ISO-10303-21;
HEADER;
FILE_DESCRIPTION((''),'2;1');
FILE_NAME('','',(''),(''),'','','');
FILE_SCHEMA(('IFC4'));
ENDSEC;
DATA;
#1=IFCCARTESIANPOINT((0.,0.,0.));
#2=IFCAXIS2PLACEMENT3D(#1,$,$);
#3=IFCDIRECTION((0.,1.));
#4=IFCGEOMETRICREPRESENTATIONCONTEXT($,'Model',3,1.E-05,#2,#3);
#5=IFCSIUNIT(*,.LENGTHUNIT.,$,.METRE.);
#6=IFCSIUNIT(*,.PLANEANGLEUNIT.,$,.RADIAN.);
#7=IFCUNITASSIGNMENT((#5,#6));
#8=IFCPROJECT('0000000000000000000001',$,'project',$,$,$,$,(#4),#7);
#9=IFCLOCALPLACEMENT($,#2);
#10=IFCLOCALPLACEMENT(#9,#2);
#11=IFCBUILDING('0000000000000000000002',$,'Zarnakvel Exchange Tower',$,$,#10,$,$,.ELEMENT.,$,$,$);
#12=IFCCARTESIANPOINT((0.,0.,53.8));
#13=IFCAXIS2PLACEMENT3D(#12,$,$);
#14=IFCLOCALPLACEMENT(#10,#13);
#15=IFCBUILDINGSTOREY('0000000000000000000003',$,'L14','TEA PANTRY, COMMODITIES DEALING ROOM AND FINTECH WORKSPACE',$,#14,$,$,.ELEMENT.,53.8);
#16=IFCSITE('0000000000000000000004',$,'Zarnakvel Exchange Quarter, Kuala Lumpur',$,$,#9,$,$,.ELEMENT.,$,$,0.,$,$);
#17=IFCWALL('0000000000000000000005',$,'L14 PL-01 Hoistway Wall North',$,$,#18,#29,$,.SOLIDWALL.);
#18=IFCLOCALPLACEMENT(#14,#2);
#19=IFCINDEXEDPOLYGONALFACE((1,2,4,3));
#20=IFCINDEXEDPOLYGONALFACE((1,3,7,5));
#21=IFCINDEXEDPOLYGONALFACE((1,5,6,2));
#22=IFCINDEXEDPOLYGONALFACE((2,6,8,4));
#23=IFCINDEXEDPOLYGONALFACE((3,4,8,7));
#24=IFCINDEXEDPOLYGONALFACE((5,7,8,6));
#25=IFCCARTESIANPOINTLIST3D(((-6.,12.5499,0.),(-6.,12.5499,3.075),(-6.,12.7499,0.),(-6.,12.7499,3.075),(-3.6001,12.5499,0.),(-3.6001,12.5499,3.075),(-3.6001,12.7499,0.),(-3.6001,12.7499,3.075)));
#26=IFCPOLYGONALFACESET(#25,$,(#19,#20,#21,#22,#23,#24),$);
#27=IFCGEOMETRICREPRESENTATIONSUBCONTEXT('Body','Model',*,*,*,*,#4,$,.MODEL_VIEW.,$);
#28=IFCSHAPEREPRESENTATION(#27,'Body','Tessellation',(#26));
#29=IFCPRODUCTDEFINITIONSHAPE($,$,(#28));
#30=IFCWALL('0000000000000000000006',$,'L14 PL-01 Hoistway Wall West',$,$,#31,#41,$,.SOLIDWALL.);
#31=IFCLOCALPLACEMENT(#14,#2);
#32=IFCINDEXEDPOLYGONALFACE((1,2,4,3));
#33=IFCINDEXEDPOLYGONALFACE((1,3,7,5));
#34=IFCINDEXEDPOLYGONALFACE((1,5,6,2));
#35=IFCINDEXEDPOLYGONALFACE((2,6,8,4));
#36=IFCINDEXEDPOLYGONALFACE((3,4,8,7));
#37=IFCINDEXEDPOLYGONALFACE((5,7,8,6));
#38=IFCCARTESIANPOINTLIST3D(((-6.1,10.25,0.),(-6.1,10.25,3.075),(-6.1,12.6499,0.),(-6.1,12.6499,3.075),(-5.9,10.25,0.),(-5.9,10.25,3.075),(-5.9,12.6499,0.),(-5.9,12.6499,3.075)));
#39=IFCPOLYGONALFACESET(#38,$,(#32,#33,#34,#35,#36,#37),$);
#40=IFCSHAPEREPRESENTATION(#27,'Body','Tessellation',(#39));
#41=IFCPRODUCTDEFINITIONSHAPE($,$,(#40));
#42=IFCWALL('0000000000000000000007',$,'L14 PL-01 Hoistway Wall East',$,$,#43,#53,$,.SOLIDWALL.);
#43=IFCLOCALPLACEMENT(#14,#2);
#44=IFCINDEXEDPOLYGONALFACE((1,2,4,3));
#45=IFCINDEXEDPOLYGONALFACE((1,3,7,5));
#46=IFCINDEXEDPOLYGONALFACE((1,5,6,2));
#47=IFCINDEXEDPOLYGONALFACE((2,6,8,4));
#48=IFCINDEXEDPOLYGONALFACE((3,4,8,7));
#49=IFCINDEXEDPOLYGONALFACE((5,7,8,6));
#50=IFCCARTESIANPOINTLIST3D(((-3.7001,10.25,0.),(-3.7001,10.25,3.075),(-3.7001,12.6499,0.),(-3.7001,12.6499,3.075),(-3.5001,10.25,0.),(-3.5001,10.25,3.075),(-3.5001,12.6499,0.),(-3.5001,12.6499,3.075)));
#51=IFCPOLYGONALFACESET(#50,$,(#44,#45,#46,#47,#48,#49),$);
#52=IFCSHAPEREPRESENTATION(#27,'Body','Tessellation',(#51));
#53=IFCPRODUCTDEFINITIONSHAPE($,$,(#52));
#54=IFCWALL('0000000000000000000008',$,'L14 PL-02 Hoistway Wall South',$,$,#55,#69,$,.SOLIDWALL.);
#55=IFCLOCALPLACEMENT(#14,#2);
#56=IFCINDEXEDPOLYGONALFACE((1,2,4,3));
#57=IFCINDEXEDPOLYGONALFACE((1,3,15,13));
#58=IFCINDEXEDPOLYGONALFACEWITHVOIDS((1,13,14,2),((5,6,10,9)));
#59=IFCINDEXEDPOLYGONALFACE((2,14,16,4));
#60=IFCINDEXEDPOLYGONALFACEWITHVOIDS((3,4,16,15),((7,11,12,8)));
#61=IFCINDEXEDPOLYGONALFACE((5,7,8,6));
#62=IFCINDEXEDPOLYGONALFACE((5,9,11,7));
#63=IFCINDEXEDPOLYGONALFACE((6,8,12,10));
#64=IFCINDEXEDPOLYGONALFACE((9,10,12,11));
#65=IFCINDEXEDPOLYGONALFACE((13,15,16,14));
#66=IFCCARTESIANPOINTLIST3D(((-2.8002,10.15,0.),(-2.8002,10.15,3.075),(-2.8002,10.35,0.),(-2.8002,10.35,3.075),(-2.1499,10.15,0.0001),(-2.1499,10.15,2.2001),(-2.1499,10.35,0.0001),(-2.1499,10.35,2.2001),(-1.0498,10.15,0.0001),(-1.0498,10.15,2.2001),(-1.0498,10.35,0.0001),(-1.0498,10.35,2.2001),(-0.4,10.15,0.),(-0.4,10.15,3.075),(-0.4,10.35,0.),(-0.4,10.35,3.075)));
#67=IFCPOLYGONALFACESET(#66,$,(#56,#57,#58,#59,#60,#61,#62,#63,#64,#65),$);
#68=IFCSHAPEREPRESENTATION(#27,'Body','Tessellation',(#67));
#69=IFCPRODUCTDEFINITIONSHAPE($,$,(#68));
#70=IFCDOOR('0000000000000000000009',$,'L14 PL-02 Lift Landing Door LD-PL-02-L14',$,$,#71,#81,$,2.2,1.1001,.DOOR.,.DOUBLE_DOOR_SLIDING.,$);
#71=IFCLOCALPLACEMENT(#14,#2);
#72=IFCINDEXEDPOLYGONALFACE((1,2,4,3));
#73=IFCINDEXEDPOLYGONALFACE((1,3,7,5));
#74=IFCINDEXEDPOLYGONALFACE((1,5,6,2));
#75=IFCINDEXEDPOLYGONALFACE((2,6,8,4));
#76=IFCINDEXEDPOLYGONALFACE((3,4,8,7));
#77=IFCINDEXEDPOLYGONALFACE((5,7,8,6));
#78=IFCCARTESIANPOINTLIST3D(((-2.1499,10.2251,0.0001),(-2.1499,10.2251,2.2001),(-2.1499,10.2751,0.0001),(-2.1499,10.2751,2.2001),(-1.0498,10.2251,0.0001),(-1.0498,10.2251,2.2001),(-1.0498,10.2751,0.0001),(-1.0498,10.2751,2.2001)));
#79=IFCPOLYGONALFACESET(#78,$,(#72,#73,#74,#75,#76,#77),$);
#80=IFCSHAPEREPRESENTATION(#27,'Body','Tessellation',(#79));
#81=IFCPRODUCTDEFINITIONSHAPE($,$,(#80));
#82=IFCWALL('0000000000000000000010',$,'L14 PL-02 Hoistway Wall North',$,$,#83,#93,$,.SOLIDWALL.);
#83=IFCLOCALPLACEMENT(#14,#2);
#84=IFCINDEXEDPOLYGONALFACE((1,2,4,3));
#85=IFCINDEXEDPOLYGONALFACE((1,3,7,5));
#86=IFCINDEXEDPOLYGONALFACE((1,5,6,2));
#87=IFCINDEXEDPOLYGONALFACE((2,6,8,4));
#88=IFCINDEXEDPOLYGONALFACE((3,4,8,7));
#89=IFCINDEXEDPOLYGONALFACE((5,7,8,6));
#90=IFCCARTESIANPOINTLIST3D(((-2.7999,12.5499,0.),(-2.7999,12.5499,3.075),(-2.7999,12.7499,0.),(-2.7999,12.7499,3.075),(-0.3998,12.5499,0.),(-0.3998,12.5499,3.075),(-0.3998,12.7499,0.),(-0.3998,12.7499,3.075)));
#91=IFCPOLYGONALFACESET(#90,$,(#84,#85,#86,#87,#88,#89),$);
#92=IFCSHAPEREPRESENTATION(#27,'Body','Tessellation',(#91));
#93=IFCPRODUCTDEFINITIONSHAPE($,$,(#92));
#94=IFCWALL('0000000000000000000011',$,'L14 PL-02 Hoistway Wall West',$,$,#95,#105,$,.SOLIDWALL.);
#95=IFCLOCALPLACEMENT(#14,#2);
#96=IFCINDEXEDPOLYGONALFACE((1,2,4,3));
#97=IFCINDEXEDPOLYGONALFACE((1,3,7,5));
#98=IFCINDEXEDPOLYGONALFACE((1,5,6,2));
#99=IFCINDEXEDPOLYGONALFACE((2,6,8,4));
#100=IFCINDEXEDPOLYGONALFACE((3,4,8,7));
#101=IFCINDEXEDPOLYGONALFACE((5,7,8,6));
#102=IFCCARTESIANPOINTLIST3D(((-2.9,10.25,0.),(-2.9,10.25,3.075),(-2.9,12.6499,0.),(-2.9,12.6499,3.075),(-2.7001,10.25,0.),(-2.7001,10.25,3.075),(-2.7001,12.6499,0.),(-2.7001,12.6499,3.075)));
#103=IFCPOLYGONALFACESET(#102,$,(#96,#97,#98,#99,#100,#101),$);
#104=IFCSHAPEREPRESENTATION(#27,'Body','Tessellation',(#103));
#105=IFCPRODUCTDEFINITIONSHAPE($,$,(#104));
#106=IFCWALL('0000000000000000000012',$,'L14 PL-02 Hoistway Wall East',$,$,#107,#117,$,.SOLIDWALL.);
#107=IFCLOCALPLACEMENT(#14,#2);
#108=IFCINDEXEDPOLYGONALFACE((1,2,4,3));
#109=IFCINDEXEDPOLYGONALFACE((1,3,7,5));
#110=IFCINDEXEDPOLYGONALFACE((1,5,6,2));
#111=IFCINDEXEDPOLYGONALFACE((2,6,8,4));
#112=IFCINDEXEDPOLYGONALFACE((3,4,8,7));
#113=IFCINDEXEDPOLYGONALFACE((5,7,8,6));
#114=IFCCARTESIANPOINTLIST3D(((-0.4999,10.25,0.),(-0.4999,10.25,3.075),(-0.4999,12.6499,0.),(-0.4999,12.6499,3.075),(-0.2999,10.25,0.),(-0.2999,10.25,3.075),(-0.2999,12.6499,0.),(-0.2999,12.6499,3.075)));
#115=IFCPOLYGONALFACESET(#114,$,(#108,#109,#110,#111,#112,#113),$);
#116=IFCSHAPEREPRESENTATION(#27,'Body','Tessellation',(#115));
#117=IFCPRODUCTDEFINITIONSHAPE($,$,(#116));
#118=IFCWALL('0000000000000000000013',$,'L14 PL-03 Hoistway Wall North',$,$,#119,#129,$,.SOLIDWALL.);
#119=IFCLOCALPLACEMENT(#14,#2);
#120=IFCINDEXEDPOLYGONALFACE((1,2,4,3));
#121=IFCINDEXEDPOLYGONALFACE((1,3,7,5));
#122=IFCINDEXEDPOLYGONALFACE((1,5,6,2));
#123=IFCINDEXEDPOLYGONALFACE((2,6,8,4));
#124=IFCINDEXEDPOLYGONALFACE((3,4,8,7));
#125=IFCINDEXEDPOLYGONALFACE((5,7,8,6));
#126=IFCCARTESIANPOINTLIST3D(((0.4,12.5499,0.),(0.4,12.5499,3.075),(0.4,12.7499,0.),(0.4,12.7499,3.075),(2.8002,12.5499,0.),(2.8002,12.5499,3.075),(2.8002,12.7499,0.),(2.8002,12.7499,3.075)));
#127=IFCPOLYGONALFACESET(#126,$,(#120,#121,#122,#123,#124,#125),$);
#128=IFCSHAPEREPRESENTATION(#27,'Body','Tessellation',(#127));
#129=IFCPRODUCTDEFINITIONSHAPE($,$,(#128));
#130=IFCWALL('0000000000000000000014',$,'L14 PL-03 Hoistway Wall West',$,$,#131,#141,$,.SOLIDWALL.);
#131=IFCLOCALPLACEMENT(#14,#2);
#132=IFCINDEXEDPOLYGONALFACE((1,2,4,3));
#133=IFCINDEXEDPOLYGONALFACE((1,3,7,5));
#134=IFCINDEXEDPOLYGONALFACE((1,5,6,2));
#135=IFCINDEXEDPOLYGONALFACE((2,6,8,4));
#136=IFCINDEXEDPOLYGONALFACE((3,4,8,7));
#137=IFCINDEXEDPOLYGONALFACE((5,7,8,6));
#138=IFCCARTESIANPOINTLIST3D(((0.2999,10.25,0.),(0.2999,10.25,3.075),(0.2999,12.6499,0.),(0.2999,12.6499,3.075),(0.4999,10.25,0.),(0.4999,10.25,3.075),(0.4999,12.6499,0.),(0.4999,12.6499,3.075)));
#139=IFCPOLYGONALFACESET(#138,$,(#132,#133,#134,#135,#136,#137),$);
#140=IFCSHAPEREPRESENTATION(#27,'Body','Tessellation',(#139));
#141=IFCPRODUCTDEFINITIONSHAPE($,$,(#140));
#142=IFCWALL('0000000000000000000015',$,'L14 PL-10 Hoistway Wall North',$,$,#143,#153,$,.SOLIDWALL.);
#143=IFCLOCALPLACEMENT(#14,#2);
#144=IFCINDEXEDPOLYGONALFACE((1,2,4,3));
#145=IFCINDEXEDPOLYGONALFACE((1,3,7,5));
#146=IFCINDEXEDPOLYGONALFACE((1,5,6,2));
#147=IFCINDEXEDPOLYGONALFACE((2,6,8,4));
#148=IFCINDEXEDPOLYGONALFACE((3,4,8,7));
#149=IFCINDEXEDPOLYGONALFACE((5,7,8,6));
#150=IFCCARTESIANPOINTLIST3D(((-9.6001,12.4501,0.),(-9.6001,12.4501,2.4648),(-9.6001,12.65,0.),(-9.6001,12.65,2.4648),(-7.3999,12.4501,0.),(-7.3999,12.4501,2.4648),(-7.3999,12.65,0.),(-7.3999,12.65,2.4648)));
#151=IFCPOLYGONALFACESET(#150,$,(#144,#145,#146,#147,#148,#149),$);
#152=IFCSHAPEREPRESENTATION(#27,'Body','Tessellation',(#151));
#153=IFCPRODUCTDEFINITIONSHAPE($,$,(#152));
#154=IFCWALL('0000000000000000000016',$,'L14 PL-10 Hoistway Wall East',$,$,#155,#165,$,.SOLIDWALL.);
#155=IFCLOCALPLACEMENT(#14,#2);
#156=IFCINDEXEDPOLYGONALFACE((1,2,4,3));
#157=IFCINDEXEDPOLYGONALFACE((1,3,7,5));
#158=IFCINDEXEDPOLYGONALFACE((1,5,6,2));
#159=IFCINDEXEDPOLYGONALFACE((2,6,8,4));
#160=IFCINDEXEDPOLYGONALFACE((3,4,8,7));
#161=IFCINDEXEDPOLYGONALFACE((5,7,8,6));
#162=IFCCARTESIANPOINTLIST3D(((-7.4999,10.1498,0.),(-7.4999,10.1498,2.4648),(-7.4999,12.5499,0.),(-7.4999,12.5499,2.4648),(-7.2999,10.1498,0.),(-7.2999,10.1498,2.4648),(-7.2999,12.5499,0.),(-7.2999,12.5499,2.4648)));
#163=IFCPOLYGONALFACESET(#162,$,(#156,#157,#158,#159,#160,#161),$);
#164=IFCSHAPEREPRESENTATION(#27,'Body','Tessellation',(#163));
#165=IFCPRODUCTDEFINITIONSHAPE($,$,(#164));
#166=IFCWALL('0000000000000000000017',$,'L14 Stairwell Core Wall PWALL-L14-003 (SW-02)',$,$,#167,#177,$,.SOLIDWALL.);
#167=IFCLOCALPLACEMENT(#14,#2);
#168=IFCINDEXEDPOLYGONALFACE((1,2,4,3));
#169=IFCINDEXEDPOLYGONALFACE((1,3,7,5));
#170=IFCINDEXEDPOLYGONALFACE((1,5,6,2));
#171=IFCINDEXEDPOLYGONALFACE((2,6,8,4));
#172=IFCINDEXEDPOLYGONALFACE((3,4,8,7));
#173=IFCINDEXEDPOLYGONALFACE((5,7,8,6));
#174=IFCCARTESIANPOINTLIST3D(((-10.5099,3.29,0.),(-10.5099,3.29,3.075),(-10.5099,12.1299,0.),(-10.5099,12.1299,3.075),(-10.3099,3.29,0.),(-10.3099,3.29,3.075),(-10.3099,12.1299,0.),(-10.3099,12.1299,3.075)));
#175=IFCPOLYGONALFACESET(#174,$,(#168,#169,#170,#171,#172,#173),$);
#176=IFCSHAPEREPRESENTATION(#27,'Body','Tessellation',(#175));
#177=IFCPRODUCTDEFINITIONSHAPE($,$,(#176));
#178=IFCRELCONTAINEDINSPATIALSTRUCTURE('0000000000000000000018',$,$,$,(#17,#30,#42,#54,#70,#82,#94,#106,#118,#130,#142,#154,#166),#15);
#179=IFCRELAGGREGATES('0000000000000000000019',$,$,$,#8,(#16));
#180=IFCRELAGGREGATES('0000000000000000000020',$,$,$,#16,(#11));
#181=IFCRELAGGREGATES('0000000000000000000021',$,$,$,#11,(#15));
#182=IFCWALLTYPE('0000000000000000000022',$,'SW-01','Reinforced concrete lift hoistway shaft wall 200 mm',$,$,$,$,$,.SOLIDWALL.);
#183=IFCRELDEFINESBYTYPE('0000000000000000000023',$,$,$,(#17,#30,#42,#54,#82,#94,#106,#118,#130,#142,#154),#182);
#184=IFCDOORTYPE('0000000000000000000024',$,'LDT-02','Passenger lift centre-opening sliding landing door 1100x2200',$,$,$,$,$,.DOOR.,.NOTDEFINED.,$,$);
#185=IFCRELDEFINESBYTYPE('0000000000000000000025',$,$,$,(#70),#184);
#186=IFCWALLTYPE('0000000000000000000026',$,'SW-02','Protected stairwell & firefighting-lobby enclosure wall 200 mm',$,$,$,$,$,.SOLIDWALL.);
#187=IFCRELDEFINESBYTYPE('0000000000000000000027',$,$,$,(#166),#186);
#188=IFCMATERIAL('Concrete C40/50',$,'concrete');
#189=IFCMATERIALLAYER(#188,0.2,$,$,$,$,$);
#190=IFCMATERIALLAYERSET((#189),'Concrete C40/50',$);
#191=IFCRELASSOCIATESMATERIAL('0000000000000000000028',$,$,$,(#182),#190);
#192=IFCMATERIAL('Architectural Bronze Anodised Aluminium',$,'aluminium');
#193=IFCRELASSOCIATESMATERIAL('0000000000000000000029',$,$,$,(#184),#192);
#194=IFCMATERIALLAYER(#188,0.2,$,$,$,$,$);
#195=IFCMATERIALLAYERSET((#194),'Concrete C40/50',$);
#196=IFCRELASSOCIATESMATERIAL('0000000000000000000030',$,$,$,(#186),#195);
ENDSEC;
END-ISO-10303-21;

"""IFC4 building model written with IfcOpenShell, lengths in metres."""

from ifc_helpers import new_model, si_unit, direction, frame, frame_2d, origin, place, context, subcontext, project, spatial, rectangle, extrude, source, transform, mapped, material, layer, layer_set, type_object, element, fill, save


model = new_model("IFC4")

# Units and contexts
model_context = context("Model", 3, precision=1e-05, world=origin(), true_north=direction((0.0, 1.0)))
body_context = subcontext(model_context, "Body", "Model", "MODEL_VIEW")
ifc_project = project(units=[si_unit("LENGTHUNIT", "METRE"), si_unit("PLANEANGLEUNIT", "RADIAN")], contexts=[model_context])

# Site, building, storey
site_placement = place(None, origin())
site = spatial("IfcSite", under=ifc_project, at=site_placement, Name="Zarnakvel Exchange Quarter, Kuala Lumpur", CompositionType="ELEMENT", RefElevation=0.0)
building_placement = place(site_placement, origin())
building = spatial("IfcBuilding", under=site, at=building_placement, Name="Zarnakvel Exchange Tower", CompositionType="ELEMENT")
storey_placement = place(building_placement, frame((0.0, 0.0, 53.8)))
storey = spatial("IfcBuildingStorey", under=building, at=storey_placement, Name="L14", Description="TEA PANTRY, COMMODITIES DEALING ROOM AND FINTECH WORKSPACE", CompositionType="ELEMENT", Elevation=53.8)

# Shared definitions
ifc_material_1 = material(Name="Architectural Bronze Anodised Aluminium", Category="aluminium")

# Shared definitions
ifc_material_2 = material(Name="Concrete C40/50", Category="concrete")
ifc_layer_1 = layer(ifc_material_2, 0.2)
ifc_layer_set_1 = layer_set([ifc_layer_1], Name="Concrete C40/50")
wall_type_1 = type_object("IfcWallType", Name="SW-01", Description="Reinforced concrete lift hoistway shaft wall 200 mm", PredefinedType="SOLIDWALL", material=ifc_layer_set_1)
door_type = type_object("IfcDoorType", Name="LDT-02", Description="Passenger lift centre-opening sliding landing door 1100x2200", OperationType="NOTDEFINED", PredefinedType="DOOR", material=ifc_material_1)
shared_shape_1 = source(origin(), body_context, "Body", "SweptSolid", [
    extrude(rectangle(XDim=1.1001, YDim=2.2, at=frame_2d((0.55, 1.1001))), frame((0.0, 0.0249, 0.0), z_axis=(0.0, -1.0, 0.0), x_axis=(1.0, 0.0, 0.0)), (0.0, 0.0, 1.0), 0.05),
])

# Walls
for number, where, z_axis, x_axis, name in (
    (1, (-6.0, 12.6499, 0.0), (0.0, 0.0, 1.0), (1.0, 0.0, 0.0), "L14 PL-01 Hoistway Wall North"),
    (2, (-6.0, 10.25, 0.0), (0.0, 0.0, 1.0), (0.0, 1.0, 0.0), "L14 PL-01 Hoistway Wall West"),
    (3, (-3.6001, 12.6499, 0.0), (0.0, 0.0, 1.0), (0.0, -1.0, 0.0), "L14 PL-01 Hoistway Wall East"),
):
    element("IfcWall", number, at=place(storey_placement, frame(where, z_axis=z_axis, x_axis=x_axis)), inside=storey, type_object=wall_type_1, Name=name, PredefinedType="SOLIDWALL", context=body_context, shape_type="SweptSolid", body=[
        extrude(rectangle(XDim=2.3999, YDim=0.2, at=frame_2d((1.2, 0.0))), origin(), (0.0, 0.0, 1.0), 3.075),
    ])

# Wall, opening, door
wall_1_placement = place(storey_placement, frame((-0.3999, 10.25, 0.0), z_axis=(0.0, 0.0, 1.0), x_axis=(-1.0, 0.0, 0.0)))
wall_1 = element("IfcWall", 4, at=wall_1_placement, inside=storey, type_object=wall_type_1, Name="L14 PL-02 Hoistway Wall South", PredefinedType="SOLIDWALL", context=body_context, shape_type="SweptSolid", body=[
    extrude(rectangle(XDim=2.4001, YDim=0.2, at=frame_2d((1.2002, 0.0))), origin(), (0.0, 0.0, 1.0), 3.075),
])
opening_1_placement = place(wall_1_placement, frame((0.6499, 0.0, 0.0)))
opening_1 = element("IfcOpeningElement", 5, at=opening_1_placement, cuts=wall_1, PredefinedType="OPENING", context=body_context, shape_type="SweptSolid", body=[
    extrude(rectangle(XDim=1.1001, YDim=2.2, at=frame_2d((0.55, 1.1001))), frame((0.0, 0.1099, 0.0), z_axis=(0.0, -1.0, 0.0), x_axis=(1.0, 0.0, 0.0)), (0.0, 0.0, 1.0), 0.22),
])
door_1_placement = place(opening_1_placement, origin())
door_1 = element("IfcDoor", 6, at=door_1_placement, inside=storey, type_object=door_type, Name="L14 PL-02 Lift Landing Door LD-PL-02-L14", OperationType="DOUBLE_DOOR_SLIDING", OverallHeight=2.2, OverallWidth=1.1001, PredefinedType="DOOR", context=body_context, shape_type="MappedRepresentation", body=[
    mapped(shared_shape_1, transform((0.0, 0.0, 0.0), x_axis=(1.0, 0.0, 0.0), y_axis=(0.0, 1.0, 0.0), z_axis=(0.0, 0.0, 1.0), scale=1.0)),
])
fill(opening_1, door_1)

# Walls
wall_2_placement = place(storey_placement, frame((-2.8, 12.6499, 0.0), z_axis=(0.0, 0.0, 1.0), x_axis=(1.0, 0.0, 0.0)))
element("IfcWall", 7, at=wall_2_placement, inside=storey, type_object=wall_type_1, Name="L14 PL-02 Hoistway Wall North", PredefinedType="SOLIDWALL", context=body_context, shape_type="SweptSolid", body=[
    extrude(rectangle(XDim=2.4001, YDim=0.2, at=frame_2d((1.2002, 0.0))), origin(), (0.0, 0.0, 1.0), 3.075),
])
for number, where, z_axis, x_axis, name in (
    (8, (-2.8, 10.25, 0.0), (0.0, 0.0, 1.0), (0.0, 1.0, 0.0), "L14 PL-02 Hoistway Wall West"),
    (9, (-0.3999, 12.6499, 0.0), (0.0, 0.0, 1.0), (0.0, -1.0, 0.0), "L14 PL-02 Hoistway Wall East"),
):
    element("IfcWall", number, at=place(storey_placement, frame(where, z_axis=z_axis, x_axis=x_axis)), inside=storey, type_object=wall_type_1, Name=name, PredefinedType="SOLIDWALL", context=body_context, shape_type="SweptSolid", body=[
        extrude(rectangle(XDim=2.3999, YDim=0.2, at=frame_2d((1.2, 0.0))), origin(), (0.0, 0.0, 1.0), 3.075),
    ])
wall_3_placement = place(storey_placement, frame((0.3999, 12.6499, 0.0), z_axis=(0.0, 0.0, 1.0), x_axis=(1.0, 0.0, 0.0)))
element("IfcWall", 10, at=wall_3_placement, inside=storey, type_object=wall_type_1, Name="L14 PL-03 Hoistway Wall North", PredefinedType="SOLIDWALL", context=body_context, shape_type="SweptSolid", body=[
    extrude(rectangle(XDim=2.4001, YDim=0.2, at=frame_2d((1.2002, 0.0))), origin(), (0.0, 0.0, 1.0), 3.075),
])
wall_4_placement = place(storey_placement, frame((0.3999, 10.25, 0.0), z_axis=(0.0, 0.0, 1.0), x_axis=(0.0, 1.0, 0.0)))
element("IfcWall", 11, at=wall_4_placement, inside=storey, type_object=wall_type_1, Name="L14 PL-03 Hoistway Wall West", PredefinedType="SOLIDWALL", context=body_context, shape_type="SweptSolid", body=[
    extrude(rectangle(XDim=2.3999, YDim=0.2, at=frame_2d((1.2, 0.0))), origin(), (0.0, 0.0, 1.0), 3.075),
])
wall_5_placement = place(storey_placement, frame((-9.6001, 12.55, 0.0), z_axis=(0.0, 0.0, 1.0), x_axis=(1.0, 0.0, 0.0)))
element("IfcWall", 12, at=wall_5_placement, inside=storey, type_object=wall_type_1, Name="L14 PL-10 Hoistway Wall North", PredefinedType="SOLIDWALL", context=body_context, shape_type="SweptSolid", body=[
    extrude(rectangle(XDim=2.2002, YDim=0.2, at=frame_2d((1.1001, 0.0))), origin(), (0.0, 0.0, 1.0), 2.4648),
])
wall_6_placement = place(storey_placement, frame((-7.3999, 12.55, 0.0), z_axis=(0.0, 0.0, 1.0), x_axis=(0.0, -1.0, 0.0)))
element("IfcWall", 13, at=wall_6_placement, inside=storey, type_object=wall_type_1, Name="L14 PL-10 Hoistway Wall East", PredefinedType="SOLIDWALL", context=body_context, shape_type="SweptSolid", body=[
    extrude(rectangle(XDim=2.4001, YDim=0.2, at=frame_2d((1.2002, 0.0))), origin(), (0.0, 0.0, 1.0), 2.4648),
])
ifc_layer_2 = layer(ifc_material_2, 0.2)
ifc_layer_set_2 = layer_set([ifc_layer_2], Name="Concrete C40/50")
wall_type_2 = type_object("IfcWallType", Name="SW-02", Description="Protected stairwell & firefighting-lobby enclosure wall 200 mm", PredefinedType="SOLIDWALL", material=ifc_layer_set_2)
wall_7_placement = place(storey_placement, frame((-10.4099, 12.1299, 0.0), z_axis=(0.0, 0.0, 1.0), x_axis=(0.0, -1.0, 0.0)))
element("IfcWall", 14, at=wall_7_placement, inside=storey, type_object=wall_type_2, Name="L14 Stairwell Core Wall PWALL-L14-003 (SW-02)", PredefinedType="SOLIDWALL", context=body_context, shape_type="SweptSolid", body=[
    extrude(rectangle(XDim=8.8398, YDim=0.2, at=frame_2d((4.4199, 0.0))), origin(), (0.0, 0.0, 1.0), 3.075),
])

save(model, "model.ifc")
